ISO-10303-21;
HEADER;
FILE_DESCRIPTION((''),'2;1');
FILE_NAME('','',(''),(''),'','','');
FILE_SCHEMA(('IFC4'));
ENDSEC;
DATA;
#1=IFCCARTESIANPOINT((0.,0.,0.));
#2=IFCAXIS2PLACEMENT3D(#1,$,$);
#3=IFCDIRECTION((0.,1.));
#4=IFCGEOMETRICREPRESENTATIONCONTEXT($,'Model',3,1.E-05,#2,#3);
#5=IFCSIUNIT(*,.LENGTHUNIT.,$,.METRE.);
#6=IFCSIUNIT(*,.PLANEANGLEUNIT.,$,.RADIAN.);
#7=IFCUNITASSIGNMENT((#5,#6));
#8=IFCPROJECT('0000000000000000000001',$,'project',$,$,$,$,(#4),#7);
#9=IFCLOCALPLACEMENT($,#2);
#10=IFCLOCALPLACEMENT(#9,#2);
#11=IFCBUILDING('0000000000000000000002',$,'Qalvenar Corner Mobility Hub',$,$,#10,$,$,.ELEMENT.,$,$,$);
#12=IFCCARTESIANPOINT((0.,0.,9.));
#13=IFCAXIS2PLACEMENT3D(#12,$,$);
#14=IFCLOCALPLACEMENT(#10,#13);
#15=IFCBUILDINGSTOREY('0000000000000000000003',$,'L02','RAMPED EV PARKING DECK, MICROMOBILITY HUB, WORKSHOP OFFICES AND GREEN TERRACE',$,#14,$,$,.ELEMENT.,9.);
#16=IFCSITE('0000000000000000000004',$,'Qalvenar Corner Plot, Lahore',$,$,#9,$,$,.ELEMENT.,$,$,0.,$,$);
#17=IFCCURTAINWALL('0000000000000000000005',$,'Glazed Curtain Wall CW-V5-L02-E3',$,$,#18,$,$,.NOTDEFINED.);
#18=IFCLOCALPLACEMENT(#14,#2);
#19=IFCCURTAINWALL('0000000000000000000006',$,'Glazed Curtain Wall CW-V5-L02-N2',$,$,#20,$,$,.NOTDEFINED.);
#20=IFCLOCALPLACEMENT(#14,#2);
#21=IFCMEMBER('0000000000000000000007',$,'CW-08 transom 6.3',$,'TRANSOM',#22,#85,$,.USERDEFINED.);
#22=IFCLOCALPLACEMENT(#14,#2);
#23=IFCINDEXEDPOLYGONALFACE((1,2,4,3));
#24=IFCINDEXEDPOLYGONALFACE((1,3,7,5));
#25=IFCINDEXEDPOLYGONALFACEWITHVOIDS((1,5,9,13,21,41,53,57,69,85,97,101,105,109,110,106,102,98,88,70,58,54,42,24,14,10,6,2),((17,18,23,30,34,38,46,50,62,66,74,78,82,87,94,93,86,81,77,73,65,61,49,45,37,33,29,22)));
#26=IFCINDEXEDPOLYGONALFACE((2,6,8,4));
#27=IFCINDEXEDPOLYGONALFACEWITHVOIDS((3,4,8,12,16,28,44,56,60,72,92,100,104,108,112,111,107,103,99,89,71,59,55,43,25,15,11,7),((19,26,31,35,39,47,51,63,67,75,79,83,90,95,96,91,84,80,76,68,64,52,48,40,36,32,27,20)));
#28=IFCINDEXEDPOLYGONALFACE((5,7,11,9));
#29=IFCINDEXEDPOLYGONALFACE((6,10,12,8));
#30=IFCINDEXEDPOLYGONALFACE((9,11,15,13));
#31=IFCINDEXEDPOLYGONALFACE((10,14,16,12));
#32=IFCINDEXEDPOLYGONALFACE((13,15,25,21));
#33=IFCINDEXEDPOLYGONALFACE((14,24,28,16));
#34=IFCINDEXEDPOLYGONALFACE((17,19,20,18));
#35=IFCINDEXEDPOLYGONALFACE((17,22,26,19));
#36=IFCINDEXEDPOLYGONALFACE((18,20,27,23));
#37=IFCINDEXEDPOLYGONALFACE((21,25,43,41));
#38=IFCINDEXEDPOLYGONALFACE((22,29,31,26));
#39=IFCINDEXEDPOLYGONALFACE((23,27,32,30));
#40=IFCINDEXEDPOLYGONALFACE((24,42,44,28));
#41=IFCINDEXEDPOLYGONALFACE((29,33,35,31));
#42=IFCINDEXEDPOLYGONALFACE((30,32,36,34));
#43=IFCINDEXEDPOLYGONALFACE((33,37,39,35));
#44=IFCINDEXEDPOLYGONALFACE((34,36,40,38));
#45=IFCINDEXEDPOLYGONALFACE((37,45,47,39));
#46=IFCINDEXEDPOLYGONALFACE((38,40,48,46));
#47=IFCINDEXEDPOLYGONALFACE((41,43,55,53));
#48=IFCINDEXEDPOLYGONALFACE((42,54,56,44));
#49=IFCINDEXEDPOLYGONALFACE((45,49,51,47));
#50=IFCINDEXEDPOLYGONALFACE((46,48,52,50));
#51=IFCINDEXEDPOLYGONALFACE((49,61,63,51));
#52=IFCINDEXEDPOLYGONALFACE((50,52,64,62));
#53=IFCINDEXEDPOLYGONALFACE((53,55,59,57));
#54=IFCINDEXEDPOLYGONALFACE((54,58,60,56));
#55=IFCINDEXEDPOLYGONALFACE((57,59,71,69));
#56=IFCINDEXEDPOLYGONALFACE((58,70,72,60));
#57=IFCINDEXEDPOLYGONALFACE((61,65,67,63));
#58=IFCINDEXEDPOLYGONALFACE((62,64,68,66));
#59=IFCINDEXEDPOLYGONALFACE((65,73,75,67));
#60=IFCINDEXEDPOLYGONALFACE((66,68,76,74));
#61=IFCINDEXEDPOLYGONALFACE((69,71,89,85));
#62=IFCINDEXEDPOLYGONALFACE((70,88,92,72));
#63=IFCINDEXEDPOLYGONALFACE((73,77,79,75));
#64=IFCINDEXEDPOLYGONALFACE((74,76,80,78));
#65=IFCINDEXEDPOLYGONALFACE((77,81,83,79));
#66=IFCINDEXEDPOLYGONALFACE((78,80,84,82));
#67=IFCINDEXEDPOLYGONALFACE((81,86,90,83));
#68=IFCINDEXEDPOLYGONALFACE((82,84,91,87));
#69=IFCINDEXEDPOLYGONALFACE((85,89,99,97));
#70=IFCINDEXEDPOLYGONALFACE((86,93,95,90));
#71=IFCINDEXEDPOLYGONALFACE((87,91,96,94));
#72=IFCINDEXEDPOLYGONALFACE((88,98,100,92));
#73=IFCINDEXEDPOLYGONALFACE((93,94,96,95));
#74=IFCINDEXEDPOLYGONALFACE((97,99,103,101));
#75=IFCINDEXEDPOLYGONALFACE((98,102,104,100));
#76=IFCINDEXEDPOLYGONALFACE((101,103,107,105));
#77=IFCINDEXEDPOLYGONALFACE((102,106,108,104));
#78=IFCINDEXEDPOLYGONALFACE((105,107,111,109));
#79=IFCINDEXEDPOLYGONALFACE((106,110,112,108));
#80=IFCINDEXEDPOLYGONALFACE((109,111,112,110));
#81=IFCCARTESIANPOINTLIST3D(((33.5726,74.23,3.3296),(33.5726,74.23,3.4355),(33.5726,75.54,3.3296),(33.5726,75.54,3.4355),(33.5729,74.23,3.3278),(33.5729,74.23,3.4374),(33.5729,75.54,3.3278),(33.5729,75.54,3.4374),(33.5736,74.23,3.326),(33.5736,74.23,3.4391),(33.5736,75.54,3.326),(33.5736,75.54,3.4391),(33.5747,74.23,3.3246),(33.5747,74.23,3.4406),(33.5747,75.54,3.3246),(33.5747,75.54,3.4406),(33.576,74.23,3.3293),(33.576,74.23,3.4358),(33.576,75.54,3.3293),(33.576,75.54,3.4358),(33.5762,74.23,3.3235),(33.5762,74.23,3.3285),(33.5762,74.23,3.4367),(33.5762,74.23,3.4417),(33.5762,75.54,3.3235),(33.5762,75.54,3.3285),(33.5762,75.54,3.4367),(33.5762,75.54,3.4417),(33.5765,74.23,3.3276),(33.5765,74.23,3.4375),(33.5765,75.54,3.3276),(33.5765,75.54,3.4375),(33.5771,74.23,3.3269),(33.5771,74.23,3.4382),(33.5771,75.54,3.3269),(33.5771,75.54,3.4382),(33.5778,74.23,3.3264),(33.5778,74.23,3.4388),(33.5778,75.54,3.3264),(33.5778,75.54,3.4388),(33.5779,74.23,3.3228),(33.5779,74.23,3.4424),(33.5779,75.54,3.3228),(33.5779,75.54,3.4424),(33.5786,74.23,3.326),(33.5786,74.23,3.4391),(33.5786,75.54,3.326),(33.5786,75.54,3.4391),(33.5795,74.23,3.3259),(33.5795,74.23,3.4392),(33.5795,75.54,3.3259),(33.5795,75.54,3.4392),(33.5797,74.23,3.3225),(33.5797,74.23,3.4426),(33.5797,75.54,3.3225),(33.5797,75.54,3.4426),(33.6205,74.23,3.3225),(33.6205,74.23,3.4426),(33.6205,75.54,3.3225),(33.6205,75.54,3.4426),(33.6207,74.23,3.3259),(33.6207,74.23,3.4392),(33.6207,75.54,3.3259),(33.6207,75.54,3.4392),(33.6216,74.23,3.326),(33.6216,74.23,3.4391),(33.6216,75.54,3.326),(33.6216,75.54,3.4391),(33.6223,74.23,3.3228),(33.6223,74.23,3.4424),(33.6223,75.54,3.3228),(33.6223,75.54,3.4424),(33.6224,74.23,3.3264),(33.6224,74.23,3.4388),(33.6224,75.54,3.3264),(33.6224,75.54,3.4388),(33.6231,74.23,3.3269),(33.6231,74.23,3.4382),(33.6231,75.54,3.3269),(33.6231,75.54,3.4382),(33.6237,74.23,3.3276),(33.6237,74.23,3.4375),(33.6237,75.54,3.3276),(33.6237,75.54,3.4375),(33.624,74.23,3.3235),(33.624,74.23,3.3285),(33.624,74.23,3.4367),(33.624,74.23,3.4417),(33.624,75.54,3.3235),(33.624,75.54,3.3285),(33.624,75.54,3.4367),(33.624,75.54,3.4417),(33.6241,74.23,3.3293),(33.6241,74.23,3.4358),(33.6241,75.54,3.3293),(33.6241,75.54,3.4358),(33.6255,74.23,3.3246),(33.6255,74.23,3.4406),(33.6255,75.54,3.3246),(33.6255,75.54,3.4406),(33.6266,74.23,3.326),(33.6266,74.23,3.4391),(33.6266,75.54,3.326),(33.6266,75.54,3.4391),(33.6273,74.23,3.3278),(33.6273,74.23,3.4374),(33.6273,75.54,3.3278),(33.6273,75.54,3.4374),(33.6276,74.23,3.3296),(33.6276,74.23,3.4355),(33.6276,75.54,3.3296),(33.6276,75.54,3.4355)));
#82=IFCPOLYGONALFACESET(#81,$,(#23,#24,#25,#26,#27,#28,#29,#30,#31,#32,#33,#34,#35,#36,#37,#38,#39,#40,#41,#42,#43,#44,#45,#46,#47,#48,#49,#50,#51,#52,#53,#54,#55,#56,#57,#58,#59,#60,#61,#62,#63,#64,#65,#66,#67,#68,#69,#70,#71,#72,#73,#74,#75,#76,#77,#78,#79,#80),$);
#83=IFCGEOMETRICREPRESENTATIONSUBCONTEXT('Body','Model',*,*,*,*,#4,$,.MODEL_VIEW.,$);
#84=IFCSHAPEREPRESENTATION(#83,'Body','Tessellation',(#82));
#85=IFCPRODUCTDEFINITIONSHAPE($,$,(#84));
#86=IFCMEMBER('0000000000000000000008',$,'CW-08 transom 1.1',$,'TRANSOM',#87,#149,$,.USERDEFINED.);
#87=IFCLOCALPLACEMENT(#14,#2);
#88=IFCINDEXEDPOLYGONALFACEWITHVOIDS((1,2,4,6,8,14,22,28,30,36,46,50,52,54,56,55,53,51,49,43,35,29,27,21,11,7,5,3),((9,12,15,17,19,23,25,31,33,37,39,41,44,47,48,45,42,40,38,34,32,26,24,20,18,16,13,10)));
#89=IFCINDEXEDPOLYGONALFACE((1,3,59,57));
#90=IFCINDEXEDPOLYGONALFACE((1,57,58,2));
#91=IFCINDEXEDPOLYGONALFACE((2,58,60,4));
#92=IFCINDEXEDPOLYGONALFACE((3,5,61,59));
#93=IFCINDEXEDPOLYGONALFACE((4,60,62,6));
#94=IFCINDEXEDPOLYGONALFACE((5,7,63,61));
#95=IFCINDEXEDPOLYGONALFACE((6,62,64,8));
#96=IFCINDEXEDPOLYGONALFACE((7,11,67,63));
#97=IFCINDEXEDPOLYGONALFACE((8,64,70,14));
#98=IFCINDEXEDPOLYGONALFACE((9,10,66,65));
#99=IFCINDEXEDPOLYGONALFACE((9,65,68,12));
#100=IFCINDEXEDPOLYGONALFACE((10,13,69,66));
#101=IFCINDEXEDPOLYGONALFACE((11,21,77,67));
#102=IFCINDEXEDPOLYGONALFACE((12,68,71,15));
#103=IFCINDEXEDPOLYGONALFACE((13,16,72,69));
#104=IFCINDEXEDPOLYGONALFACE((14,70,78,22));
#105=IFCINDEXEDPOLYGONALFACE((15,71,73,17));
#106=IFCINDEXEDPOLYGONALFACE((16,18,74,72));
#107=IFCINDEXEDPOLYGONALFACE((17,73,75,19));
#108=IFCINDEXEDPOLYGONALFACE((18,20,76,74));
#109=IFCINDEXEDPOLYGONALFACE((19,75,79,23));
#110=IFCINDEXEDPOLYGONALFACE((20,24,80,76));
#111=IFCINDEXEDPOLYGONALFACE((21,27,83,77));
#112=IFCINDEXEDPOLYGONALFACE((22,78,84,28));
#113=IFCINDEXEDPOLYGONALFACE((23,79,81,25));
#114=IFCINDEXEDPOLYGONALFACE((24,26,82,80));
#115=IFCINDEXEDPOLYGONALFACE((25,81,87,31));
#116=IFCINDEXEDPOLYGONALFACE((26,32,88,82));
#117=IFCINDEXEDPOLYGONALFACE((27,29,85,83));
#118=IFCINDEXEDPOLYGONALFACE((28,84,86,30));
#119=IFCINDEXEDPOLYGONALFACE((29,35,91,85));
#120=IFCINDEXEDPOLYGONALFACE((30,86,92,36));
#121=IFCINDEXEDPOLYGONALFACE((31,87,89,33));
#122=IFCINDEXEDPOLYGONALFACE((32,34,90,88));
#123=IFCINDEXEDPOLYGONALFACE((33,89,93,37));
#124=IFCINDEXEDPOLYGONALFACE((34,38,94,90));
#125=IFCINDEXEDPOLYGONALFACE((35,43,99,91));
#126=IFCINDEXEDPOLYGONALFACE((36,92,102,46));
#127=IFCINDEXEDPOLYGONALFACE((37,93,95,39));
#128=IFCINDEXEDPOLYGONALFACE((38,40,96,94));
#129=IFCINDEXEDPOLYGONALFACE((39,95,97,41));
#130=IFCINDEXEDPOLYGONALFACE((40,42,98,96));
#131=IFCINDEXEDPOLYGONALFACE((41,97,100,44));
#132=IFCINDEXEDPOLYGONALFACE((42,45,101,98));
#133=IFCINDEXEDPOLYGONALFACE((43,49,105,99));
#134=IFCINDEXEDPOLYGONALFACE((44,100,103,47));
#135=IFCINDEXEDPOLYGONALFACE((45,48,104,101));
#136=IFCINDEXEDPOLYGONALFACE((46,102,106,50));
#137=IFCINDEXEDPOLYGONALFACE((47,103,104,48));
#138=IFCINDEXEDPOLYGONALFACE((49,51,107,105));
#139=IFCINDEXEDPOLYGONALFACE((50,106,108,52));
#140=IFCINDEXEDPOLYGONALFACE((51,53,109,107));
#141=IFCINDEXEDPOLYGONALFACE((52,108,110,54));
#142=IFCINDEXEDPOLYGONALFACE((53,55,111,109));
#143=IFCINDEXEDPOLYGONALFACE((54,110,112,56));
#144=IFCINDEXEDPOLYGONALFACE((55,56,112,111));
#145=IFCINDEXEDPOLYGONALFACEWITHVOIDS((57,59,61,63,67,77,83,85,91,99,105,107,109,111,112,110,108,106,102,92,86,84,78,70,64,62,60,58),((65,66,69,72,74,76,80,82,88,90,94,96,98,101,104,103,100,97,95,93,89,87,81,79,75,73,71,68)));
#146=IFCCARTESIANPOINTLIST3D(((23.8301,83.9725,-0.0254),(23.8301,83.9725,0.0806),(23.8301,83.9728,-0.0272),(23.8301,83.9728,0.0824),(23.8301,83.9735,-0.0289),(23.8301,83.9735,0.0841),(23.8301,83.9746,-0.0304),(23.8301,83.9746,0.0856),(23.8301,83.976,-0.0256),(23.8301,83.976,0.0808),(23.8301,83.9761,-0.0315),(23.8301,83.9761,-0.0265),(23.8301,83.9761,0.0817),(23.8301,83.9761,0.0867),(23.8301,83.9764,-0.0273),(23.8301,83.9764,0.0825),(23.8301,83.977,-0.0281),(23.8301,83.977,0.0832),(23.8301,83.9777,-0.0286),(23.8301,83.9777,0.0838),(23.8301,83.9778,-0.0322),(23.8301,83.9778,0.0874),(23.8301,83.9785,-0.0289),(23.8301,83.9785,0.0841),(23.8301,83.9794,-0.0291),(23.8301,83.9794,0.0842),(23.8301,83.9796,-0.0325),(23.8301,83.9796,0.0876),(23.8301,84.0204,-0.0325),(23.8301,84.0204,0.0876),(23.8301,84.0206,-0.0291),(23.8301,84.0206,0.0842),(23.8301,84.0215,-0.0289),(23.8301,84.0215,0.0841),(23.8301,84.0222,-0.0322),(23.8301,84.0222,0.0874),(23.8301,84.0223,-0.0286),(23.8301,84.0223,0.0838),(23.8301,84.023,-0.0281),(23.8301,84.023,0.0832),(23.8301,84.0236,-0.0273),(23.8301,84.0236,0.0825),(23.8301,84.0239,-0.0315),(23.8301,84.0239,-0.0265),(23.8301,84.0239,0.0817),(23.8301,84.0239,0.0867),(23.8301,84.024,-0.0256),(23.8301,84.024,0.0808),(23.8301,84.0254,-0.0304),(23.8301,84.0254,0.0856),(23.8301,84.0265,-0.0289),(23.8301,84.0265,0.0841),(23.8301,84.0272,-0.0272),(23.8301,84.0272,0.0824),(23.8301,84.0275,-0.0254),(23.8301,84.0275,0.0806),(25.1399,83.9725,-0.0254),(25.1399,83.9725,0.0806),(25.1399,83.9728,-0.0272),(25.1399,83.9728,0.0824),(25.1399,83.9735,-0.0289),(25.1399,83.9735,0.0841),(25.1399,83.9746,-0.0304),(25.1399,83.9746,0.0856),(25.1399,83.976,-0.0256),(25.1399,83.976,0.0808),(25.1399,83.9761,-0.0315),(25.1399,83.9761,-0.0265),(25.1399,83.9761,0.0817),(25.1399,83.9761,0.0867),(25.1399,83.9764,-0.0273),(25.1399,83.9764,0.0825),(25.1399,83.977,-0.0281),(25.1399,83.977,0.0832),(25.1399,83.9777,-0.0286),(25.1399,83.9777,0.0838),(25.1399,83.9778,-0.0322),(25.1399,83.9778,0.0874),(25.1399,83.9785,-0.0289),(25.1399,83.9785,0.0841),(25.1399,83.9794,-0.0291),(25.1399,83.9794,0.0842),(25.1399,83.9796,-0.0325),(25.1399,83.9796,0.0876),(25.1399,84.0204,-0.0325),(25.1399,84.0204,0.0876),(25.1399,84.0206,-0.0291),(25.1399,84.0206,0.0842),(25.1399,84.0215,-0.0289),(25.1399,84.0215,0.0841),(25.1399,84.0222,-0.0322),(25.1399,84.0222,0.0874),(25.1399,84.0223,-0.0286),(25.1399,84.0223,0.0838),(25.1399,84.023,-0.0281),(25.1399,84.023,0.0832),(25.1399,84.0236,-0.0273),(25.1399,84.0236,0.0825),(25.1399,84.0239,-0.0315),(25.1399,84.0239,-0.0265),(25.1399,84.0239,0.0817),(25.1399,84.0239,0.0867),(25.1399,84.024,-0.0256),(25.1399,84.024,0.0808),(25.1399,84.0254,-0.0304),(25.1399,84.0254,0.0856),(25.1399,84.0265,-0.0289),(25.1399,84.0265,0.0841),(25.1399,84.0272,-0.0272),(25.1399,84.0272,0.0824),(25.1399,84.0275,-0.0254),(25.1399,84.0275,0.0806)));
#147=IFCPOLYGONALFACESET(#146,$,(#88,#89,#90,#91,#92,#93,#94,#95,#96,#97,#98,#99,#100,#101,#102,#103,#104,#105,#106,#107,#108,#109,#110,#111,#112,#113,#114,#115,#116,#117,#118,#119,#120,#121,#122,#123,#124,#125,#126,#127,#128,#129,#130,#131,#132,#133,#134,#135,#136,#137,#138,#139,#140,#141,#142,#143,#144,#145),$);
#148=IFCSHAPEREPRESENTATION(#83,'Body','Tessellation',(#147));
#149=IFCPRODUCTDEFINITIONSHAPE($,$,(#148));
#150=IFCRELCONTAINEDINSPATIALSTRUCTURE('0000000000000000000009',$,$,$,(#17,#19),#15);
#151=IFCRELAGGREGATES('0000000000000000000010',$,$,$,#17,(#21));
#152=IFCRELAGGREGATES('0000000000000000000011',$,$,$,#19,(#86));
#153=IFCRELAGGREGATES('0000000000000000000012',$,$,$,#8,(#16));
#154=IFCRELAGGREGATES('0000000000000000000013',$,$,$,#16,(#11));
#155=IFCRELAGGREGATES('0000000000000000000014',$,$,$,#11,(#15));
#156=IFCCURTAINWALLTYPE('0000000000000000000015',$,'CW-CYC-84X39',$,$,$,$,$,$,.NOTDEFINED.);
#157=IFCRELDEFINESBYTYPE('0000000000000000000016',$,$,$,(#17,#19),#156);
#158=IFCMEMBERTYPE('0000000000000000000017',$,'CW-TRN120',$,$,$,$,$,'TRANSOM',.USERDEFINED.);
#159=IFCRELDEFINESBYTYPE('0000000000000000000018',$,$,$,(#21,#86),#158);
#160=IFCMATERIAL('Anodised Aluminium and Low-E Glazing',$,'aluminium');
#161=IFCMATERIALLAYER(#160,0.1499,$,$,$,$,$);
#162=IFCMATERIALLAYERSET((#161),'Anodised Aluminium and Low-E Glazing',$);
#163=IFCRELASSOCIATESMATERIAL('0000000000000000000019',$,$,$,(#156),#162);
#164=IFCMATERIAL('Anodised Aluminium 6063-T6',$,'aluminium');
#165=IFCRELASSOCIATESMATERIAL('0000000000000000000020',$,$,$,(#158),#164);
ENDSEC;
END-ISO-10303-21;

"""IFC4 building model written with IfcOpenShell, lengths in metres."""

from ifc_helpers import new_model, si_unit, direction, frame, origin, origin_2d, place, context, subcontext, project, spatial, hollow_rectangle, extrude, material, layer, layer_set, material_profile, profile_set, type_object, element, aggregate, save


model = new_model("IFC4")

# Units and contexts
model_context = context("Model", 3, precision=1e-05, world=origin(), true_north=direction((0.0, 1.0)))
body_context = subcontext(model_context, "Body", "Model", "MODEL_VIEW")
ifc_project = project(units=[si_unit("LENGTHUNIT", "METRE"), si_unit("PLANEANGLEUNIT", "RADIAN")], contexts=[model_context])

# Site, building, storey
site_placement = place(None, origin())
site = spatial("IfcSite", under=ifc_project, at=site_placement, Name="Qalvenar Corner Plot, Lahore", CompositionType="ELEMENT", RefElevation=0.0)
building_placement = place(site_placement, origin())
building = spatial("IfcBuilding", under=site, at=building_placement, Name="Qalvenar Corner Mobility Hub", CompositionType="ELEMENT")
storey_placement = place(building_placement, frame((0.0, 0.0, 9.0)))
storey = spatial("IfcBuildingStorey", under=building, at=storey_placement, Name="L02", Description="RAMPED EV PARKING DECK, MICROMOBILITY HUB, WORKSHOP OFFICES AND GREEN TERRACE", CompositionType="ELEMENT", Elevation=9.0)

# Curtain wall
ifc_material_1 = material(Name="Anodised Aluminium and Low-E Glazing", Category="aluminium")
ifc_layer_1 = layer(ifc_material_1, 0.1499)
ifc_layer_set_1 = layer_set([ifc_layer_1], Name="Anodised Aluminium and Low-E Glazing")
curtain_wall_type = type_object("IfcCurtainWallType", Name="CW-CYC-84X39", PredefinedType="NOTDEFINED", material=ifc_layer_set_1)
curtain_wall_1_placement = place(storey_placement, origin())
curtain_wall_1 = element("IfcCurtainWall", 1, at=curtain_wall_1_placement, inside=storey, type_object=curtain_wall_type, Name="Glazed Curtain Wall CW-V5-L02-E3", PredefinedType="NOTDEFINED")
ifc_material_2 = material(Name="Anodised Aluminium 6063-T6", Category="aluminium")

# Curtain wall
curtain_wall_2_placement = place(storey_placement, origin())
curtain_wall_2 = element("IfcCurtainWall", 2, at=curtain_wall_2_placement, inside=storey, type_object=curtain_wall_type, Name="Glazed Curtain Wall CW-V5-L02-N2", PredefinedType="NOTDEFINED")

# Members
ifc_material_profile_1 = material_profile(ifc_material_2, hollow_rectangle(XDim=0.0549, YDim=0.1201, WallThickness=0.0034, InnerFilletRadius=0.0034, OuterFilletRadius=0.0071, at=origin_2d()), Name="RHS120x55x3.5")
ifc_profile_set_1 = profile_set([ifc_material_profile_1], Name="Anodised Aluminium 6063-T6")
member_type_1 = type_object("IfcMemberType", Name="CW-TRN120", ElementType="TRANSOM", PredefinedType="USERDEFINED", material=ifc_profile_set_1)
member_1_placement = place(storey_placement, frame((33.6001, 74.23, 3.3826), z_axis=(0.0, 1.0, 0.0), x_axis=(-1.0, 0.0, 0.0)))
member_1 = element("IfcMember", 3, at=member_1_placement, type_object=member_type_1, Name="CW-08 transom 6.3", ObjectType="TRANSOM", PredefinedType="USERDEFINED", context=body_context, shape_type="SweptSolid", body=[
    extrude(hollow_rectangle(XDim=0.0549, YDim=0.1201, WallThickness=0.0034, InnerFilletRadius=0.0034, OuterFilletRadius=0.0071, at=origin_2d()), origin(), (0.0, 0.0, 1.0), 1.3101),
])
member_2_placement = place(storey_placement, frame((25.1399, 84.0, 0.0276), z_axis=(-1.0, 0.0, 0.0), x_axis=(0.0, -1.0, 0.0)))
member_2 = element("IfcMember", 4, at=member_2_placement, type_object=member_type_1, Name="CW-08 transom 1.1", ObjectType="TRANSOM", PredefinedType="USERDEFINED", context=body_context, shape_type="SweptSolid", body=[
    extrude(hollow_rectangle(XDim=0.0549, YDim=0.1201, WallThickness=0.0034, InnerFilletRadius=0.0034, OuterFilletRadius=0.0071, at=origin_2d()), origin(), (0.0, 0.0, 1.0), 1.3098),
])

aggregate(curtain_wall_1, [member_1])
aggregate(curtain_wall_2, [member_2])

save(model, "model.ifc")
